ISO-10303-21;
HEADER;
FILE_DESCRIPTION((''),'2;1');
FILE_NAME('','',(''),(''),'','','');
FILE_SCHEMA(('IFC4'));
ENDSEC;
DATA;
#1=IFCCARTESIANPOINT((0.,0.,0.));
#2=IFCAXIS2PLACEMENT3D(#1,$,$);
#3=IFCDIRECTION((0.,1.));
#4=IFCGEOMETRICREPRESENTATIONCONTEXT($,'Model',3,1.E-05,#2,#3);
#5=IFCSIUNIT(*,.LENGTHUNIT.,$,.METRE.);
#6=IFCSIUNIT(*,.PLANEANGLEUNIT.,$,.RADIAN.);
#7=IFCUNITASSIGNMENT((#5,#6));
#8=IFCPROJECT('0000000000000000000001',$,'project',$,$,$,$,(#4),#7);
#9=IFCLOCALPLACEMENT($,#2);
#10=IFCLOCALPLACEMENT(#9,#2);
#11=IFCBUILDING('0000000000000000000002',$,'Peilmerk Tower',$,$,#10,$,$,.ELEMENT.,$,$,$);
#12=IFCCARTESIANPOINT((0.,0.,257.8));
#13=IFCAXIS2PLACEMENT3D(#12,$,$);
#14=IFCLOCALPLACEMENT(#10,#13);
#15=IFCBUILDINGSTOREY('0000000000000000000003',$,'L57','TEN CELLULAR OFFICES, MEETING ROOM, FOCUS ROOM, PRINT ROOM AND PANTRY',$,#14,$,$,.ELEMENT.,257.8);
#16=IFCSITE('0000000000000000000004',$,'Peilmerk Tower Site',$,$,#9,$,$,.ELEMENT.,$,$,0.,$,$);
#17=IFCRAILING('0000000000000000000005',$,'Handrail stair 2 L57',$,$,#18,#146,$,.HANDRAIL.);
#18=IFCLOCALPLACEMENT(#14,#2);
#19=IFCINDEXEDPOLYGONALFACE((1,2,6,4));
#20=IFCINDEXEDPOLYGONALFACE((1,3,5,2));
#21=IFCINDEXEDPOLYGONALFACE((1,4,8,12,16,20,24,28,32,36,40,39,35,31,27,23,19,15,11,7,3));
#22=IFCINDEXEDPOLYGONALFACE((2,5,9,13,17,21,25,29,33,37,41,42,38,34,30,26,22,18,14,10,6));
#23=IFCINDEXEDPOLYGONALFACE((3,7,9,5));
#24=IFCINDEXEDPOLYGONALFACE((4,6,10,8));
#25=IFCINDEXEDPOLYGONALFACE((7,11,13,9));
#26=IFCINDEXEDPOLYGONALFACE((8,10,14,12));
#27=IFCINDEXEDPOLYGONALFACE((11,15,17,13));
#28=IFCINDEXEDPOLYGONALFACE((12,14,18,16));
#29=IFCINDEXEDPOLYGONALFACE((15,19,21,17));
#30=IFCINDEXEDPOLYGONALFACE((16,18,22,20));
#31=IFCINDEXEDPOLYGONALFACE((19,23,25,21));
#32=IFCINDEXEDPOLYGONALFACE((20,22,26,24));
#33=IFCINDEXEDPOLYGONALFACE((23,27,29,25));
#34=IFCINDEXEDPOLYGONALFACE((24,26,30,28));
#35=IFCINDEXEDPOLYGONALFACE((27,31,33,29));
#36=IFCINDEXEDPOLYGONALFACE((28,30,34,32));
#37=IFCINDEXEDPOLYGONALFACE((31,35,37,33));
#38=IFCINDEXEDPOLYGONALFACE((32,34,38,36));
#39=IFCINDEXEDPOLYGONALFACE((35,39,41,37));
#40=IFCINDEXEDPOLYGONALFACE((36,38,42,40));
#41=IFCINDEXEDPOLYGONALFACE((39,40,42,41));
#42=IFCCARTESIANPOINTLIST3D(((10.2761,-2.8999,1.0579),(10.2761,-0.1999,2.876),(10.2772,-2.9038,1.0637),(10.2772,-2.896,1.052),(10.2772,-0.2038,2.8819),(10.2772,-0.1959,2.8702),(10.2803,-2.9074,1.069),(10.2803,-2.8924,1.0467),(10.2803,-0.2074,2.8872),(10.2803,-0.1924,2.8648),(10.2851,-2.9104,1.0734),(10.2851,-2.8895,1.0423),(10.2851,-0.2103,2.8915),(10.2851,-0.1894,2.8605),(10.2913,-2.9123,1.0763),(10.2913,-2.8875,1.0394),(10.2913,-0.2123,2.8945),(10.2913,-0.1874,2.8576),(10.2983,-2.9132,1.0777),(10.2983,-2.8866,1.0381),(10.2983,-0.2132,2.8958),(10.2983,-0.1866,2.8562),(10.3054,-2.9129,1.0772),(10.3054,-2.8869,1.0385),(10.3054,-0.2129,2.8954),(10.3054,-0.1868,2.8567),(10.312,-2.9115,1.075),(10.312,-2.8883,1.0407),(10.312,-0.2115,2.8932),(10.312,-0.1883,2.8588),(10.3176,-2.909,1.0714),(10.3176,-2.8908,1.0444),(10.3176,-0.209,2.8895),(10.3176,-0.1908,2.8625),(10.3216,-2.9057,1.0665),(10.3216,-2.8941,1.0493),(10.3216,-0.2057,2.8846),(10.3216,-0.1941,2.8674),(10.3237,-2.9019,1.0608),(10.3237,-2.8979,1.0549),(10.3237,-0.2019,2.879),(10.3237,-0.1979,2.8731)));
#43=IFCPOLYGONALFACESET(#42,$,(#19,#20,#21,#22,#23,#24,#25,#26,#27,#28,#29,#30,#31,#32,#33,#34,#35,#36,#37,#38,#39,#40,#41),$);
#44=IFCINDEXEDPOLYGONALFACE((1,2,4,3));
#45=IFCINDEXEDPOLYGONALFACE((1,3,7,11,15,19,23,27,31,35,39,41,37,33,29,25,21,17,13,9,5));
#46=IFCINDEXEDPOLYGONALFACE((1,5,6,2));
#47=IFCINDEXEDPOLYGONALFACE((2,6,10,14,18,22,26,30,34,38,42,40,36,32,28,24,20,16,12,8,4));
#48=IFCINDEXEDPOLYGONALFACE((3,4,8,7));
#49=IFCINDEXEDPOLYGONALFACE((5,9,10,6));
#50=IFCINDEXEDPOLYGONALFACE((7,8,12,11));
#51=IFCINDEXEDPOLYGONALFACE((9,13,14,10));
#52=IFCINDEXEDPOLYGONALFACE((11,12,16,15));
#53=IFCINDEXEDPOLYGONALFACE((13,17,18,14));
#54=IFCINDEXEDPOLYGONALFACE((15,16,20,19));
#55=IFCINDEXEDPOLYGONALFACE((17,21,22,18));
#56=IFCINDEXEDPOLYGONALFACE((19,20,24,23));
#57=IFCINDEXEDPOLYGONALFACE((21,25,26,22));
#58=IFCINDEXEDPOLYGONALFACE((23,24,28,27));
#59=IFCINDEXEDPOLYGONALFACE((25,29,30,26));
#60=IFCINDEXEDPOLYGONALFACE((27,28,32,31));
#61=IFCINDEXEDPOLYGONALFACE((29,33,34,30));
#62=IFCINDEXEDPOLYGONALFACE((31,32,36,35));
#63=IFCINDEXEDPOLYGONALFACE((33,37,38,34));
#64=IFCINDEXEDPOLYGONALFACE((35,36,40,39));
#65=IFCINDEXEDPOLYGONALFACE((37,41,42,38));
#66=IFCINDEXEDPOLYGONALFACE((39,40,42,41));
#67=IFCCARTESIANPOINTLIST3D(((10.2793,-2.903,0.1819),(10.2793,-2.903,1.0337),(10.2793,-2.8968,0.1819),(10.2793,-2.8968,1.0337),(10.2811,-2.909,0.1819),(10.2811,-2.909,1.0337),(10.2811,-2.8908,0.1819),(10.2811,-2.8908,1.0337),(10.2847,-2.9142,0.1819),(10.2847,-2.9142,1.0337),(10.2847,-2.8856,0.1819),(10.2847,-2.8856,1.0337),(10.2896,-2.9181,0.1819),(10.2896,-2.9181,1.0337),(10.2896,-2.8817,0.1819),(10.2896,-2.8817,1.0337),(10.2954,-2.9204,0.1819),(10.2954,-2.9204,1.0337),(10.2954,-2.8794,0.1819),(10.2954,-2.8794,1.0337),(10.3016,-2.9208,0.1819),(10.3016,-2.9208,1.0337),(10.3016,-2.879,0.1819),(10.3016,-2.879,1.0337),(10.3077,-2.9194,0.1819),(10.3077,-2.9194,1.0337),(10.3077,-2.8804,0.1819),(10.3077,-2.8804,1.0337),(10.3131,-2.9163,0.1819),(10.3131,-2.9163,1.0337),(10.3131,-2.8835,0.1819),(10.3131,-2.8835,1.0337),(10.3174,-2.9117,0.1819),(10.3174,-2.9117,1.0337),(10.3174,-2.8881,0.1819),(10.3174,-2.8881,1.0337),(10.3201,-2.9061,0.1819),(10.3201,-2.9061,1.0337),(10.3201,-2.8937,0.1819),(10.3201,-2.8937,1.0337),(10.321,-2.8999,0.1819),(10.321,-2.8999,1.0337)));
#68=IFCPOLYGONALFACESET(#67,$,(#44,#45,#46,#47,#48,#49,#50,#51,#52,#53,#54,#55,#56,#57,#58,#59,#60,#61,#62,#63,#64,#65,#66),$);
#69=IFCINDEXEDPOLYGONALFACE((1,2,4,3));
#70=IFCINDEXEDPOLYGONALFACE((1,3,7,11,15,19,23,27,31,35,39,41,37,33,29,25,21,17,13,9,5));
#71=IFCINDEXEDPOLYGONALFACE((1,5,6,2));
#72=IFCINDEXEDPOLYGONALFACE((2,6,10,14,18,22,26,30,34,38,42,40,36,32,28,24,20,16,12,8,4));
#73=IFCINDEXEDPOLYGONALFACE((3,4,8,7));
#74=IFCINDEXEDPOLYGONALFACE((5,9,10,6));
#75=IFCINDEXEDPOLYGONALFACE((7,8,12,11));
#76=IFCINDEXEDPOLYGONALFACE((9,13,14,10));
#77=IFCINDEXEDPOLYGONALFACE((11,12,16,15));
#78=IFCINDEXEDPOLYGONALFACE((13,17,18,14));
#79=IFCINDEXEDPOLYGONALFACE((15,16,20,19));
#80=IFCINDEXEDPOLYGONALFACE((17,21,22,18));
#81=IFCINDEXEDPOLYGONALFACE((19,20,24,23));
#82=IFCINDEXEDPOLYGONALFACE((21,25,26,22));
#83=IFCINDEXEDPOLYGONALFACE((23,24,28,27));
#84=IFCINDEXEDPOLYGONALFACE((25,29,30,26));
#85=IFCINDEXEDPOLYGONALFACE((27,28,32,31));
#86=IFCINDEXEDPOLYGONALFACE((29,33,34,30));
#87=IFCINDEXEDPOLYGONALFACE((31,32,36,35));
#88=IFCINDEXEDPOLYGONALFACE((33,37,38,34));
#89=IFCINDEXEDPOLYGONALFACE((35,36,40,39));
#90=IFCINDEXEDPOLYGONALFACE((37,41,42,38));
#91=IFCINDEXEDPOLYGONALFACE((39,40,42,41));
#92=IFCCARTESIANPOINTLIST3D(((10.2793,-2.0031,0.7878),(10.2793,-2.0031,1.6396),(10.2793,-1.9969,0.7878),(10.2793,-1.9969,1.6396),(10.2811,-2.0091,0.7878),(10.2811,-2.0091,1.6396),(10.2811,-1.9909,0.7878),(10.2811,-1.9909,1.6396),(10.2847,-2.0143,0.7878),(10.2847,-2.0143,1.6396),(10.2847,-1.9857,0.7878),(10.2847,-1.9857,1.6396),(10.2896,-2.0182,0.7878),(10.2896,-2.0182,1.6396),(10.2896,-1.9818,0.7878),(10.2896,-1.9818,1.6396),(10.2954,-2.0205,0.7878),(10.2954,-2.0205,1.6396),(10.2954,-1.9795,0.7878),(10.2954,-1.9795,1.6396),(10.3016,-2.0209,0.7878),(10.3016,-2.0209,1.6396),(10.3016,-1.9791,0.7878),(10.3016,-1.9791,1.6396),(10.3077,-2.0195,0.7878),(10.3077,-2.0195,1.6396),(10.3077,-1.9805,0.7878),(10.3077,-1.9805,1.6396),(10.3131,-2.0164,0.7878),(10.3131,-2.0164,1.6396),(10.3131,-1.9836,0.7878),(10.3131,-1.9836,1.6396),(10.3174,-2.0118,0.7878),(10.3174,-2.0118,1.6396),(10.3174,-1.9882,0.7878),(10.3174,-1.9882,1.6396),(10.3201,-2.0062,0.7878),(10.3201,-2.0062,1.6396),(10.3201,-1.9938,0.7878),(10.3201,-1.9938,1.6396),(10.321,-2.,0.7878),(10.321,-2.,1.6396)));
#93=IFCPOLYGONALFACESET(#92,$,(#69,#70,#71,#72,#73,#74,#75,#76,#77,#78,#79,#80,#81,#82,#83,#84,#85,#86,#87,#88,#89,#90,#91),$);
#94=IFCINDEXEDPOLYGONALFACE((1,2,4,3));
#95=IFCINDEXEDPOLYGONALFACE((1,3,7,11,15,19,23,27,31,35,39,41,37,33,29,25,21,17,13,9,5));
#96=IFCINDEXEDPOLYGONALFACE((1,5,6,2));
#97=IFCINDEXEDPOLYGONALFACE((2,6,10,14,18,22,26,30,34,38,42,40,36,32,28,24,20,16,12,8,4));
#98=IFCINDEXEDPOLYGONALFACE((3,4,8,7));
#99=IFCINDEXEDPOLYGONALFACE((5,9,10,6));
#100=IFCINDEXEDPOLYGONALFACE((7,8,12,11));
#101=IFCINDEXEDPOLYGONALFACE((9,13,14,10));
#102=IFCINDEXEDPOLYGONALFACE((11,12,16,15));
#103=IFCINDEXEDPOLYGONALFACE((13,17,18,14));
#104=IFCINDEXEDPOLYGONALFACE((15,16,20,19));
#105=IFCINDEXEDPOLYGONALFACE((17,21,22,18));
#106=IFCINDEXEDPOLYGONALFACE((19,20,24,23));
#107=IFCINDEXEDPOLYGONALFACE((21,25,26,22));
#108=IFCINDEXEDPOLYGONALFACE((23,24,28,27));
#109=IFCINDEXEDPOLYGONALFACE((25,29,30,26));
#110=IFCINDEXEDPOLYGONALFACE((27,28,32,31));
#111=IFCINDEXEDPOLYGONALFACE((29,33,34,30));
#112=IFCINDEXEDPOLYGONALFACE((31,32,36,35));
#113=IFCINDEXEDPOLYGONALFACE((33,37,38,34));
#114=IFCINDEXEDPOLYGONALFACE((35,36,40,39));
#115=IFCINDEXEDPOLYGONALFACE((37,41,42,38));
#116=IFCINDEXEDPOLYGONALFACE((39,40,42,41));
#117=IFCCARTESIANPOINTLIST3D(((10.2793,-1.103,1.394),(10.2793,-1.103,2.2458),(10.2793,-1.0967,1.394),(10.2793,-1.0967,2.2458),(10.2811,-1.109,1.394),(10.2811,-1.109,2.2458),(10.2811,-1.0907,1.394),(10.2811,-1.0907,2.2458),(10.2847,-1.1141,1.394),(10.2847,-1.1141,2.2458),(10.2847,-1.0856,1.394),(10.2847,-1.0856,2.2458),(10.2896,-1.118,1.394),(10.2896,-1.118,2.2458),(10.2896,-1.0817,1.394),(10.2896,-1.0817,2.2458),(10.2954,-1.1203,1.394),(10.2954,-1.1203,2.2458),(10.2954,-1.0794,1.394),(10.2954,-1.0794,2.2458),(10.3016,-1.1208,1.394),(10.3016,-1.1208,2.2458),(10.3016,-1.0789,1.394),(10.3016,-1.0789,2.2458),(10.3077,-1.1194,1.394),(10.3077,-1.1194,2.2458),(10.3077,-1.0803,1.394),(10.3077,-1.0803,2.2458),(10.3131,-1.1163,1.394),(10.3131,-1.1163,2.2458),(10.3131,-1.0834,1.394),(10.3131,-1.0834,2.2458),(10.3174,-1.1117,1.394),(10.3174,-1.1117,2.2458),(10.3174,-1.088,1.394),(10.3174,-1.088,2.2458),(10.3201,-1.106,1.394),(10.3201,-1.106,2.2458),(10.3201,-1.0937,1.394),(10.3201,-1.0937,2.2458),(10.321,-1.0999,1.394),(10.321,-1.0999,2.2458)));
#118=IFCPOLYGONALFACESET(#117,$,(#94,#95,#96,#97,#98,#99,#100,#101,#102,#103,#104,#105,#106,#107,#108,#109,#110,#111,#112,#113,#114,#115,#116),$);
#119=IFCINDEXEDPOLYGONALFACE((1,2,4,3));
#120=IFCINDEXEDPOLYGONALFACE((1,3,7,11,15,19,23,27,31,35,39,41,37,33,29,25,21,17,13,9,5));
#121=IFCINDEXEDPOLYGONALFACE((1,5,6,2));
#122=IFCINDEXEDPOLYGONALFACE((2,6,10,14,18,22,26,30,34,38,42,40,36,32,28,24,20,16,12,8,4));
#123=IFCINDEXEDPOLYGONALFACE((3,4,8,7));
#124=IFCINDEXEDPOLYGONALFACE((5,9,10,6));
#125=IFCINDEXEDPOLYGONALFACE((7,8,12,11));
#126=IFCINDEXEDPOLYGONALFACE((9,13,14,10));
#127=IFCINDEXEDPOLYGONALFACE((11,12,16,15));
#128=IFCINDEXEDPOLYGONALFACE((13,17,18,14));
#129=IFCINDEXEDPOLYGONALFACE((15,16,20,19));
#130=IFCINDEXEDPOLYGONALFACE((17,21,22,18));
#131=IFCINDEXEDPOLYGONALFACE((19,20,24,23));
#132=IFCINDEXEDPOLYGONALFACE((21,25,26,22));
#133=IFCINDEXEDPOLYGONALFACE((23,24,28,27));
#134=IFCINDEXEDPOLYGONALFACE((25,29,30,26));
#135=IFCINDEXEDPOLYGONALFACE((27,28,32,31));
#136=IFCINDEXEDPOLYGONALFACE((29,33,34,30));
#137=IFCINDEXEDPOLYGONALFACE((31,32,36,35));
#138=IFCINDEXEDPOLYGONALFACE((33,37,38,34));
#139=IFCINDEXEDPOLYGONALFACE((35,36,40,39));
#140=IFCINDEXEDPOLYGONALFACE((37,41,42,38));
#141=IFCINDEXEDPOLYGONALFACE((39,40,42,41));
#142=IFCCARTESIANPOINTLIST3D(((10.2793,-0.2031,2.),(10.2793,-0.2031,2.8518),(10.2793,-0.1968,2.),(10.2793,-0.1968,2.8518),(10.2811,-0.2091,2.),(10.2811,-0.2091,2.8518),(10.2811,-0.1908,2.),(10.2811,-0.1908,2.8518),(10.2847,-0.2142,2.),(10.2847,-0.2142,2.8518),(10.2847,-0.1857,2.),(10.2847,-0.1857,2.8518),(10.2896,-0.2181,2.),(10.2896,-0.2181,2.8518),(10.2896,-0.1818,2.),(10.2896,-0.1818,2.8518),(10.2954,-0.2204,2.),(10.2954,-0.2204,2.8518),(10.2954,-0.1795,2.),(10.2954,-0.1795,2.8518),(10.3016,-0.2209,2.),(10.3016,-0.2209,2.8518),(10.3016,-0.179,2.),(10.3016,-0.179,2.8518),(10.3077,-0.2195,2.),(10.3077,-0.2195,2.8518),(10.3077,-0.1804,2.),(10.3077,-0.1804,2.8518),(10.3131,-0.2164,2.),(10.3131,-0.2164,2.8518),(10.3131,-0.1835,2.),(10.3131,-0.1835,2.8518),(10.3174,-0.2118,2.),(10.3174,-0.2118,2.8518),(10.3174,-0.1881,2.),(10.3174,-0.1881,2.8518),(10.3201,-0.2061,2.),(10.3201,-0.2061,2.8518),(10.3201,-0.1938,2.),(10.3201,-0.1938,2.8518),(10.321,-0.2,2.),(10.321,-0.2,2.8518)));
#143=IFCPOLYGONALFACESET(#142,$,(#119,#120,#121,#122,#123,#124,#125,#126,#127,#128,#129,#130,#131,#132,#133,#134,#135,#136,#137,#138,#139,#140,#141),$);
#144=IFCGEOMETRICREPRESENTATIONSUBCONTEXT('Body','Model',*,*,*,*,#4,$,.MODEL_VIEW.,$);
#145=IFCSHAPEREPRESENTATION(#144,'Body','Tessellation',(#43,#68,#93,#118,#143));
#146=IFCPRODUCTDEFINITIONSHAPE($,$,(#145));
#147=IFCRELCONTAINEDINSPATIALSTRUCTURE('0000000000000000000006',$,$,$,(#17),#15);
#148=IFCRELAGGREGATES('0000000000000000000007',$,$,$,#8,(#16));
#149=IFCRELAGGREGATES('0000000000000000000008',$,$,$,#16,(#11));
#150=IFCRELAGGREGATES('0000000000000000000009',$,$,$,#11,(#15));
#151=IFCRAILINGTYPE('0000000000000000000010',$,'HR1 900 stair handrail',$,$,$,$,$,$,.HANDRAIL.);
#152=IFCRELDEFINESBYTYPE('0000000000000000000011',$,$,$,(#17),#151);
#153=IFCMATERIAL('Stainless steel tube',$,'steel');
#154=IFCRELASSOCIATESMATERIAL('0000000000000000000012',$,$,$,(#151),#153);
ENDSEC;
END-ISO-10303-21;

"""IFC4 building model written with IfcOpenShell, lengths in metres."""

from ifc_helpers import new_model, si_unit, direction, frame, origin, origin_2d, place, context, subcontext, project, spatial, circle, extrude, material, type_object, element, save


model = new_model("IFC4")

# Units and contexts
model_context = context("Model", 3, precision=1e-05, world=origin(), true_north=direction((0.0, 1.0)))
body_context = subcontext(model_context, "Body", "Model", "MODEL_VIEW")
ifc_project = project(units=[si_unit("LENGTHUNIT", "METRE"), si_unit("PLANEANGLEUNIT", "RADIAN")], contexts=[model_context])

# Site, building, storey
site_placement = place(None, origin())
site = spatial("IfcSite", under=ifc_project, at=site_placement, Name="Peilmerk Tower Site", CompositionType="ELEMENT", RefElevation=0.0)
building_placement = place(site_placement, origin())
building = spatial("IfcBuilding", under=site, at=building_placement, Name="Peilmerk Tower", CompositionType="ELEMENT")
storey_placement = place(building_placement, frame((0.0, 0.0, 257.8)))
storey = spatial("IfcBuildingStorey", under=building, at=storey_placement, Name="L57", Description="TEN CELLULAR OFFICES, MEETING ROOM, FOCUS ROOM, PRINT ROOM AND PANTRY", CompositionType="ELEMENT", Elevation=257.8)

# Railing
ifc_material_1 = material(Name="Stainless steel tube", Category="steel")
railing_type_1 = type_object("IfcRailingType", Name="HR1 900 stair handrail", PredefinedType="HANDRAIL", material=ifc_material_1)
railing_1_placement = place(storey_placement, frame((10.3, -2.8999, 0.1819)))
element("IfcRailing", 1, at=railing_1_placement, inside=storey, type_object=railing_type_1, Name="Handrail stair 2 L57", PredefinedType="HANDRAIL", context=body_context, shape_type="SweptSolid", body=[
    extrude(circle(Radius=0.0239, at=origin_2d()), frame((0.0, 0.0, 0.876), z_axis=(0.0, 0.829468, 0.558554), x_axis=(-1.0, 0.0, 0.0)), (0.0, 0.0, 1.0), 3.2551),
    extrude(circle(Radius=0.021, at=origin_2d()), origin(), (0.0, 0.0, 1.0), 0.8518),
    extrude(circle(Radius=0.021, at=origin_2d()), frame((0.0, 0.8999, 0.606)), (0.0, 0.0, 1.0), 0.8518),
    extrude(circle(Radius=0.021, at=origin_2d()), frame((0.0, 1.8, 1.2122)), (0.0, 0.0, 1.0), 0.8518),
    extrude(circle(Radius=0.021, at=origin_2d()), frame((0.0, 2.7, 1.8181)), (0.0, 0.0, 1.0), 0.8518),
])

save(model, "model.ifc")
